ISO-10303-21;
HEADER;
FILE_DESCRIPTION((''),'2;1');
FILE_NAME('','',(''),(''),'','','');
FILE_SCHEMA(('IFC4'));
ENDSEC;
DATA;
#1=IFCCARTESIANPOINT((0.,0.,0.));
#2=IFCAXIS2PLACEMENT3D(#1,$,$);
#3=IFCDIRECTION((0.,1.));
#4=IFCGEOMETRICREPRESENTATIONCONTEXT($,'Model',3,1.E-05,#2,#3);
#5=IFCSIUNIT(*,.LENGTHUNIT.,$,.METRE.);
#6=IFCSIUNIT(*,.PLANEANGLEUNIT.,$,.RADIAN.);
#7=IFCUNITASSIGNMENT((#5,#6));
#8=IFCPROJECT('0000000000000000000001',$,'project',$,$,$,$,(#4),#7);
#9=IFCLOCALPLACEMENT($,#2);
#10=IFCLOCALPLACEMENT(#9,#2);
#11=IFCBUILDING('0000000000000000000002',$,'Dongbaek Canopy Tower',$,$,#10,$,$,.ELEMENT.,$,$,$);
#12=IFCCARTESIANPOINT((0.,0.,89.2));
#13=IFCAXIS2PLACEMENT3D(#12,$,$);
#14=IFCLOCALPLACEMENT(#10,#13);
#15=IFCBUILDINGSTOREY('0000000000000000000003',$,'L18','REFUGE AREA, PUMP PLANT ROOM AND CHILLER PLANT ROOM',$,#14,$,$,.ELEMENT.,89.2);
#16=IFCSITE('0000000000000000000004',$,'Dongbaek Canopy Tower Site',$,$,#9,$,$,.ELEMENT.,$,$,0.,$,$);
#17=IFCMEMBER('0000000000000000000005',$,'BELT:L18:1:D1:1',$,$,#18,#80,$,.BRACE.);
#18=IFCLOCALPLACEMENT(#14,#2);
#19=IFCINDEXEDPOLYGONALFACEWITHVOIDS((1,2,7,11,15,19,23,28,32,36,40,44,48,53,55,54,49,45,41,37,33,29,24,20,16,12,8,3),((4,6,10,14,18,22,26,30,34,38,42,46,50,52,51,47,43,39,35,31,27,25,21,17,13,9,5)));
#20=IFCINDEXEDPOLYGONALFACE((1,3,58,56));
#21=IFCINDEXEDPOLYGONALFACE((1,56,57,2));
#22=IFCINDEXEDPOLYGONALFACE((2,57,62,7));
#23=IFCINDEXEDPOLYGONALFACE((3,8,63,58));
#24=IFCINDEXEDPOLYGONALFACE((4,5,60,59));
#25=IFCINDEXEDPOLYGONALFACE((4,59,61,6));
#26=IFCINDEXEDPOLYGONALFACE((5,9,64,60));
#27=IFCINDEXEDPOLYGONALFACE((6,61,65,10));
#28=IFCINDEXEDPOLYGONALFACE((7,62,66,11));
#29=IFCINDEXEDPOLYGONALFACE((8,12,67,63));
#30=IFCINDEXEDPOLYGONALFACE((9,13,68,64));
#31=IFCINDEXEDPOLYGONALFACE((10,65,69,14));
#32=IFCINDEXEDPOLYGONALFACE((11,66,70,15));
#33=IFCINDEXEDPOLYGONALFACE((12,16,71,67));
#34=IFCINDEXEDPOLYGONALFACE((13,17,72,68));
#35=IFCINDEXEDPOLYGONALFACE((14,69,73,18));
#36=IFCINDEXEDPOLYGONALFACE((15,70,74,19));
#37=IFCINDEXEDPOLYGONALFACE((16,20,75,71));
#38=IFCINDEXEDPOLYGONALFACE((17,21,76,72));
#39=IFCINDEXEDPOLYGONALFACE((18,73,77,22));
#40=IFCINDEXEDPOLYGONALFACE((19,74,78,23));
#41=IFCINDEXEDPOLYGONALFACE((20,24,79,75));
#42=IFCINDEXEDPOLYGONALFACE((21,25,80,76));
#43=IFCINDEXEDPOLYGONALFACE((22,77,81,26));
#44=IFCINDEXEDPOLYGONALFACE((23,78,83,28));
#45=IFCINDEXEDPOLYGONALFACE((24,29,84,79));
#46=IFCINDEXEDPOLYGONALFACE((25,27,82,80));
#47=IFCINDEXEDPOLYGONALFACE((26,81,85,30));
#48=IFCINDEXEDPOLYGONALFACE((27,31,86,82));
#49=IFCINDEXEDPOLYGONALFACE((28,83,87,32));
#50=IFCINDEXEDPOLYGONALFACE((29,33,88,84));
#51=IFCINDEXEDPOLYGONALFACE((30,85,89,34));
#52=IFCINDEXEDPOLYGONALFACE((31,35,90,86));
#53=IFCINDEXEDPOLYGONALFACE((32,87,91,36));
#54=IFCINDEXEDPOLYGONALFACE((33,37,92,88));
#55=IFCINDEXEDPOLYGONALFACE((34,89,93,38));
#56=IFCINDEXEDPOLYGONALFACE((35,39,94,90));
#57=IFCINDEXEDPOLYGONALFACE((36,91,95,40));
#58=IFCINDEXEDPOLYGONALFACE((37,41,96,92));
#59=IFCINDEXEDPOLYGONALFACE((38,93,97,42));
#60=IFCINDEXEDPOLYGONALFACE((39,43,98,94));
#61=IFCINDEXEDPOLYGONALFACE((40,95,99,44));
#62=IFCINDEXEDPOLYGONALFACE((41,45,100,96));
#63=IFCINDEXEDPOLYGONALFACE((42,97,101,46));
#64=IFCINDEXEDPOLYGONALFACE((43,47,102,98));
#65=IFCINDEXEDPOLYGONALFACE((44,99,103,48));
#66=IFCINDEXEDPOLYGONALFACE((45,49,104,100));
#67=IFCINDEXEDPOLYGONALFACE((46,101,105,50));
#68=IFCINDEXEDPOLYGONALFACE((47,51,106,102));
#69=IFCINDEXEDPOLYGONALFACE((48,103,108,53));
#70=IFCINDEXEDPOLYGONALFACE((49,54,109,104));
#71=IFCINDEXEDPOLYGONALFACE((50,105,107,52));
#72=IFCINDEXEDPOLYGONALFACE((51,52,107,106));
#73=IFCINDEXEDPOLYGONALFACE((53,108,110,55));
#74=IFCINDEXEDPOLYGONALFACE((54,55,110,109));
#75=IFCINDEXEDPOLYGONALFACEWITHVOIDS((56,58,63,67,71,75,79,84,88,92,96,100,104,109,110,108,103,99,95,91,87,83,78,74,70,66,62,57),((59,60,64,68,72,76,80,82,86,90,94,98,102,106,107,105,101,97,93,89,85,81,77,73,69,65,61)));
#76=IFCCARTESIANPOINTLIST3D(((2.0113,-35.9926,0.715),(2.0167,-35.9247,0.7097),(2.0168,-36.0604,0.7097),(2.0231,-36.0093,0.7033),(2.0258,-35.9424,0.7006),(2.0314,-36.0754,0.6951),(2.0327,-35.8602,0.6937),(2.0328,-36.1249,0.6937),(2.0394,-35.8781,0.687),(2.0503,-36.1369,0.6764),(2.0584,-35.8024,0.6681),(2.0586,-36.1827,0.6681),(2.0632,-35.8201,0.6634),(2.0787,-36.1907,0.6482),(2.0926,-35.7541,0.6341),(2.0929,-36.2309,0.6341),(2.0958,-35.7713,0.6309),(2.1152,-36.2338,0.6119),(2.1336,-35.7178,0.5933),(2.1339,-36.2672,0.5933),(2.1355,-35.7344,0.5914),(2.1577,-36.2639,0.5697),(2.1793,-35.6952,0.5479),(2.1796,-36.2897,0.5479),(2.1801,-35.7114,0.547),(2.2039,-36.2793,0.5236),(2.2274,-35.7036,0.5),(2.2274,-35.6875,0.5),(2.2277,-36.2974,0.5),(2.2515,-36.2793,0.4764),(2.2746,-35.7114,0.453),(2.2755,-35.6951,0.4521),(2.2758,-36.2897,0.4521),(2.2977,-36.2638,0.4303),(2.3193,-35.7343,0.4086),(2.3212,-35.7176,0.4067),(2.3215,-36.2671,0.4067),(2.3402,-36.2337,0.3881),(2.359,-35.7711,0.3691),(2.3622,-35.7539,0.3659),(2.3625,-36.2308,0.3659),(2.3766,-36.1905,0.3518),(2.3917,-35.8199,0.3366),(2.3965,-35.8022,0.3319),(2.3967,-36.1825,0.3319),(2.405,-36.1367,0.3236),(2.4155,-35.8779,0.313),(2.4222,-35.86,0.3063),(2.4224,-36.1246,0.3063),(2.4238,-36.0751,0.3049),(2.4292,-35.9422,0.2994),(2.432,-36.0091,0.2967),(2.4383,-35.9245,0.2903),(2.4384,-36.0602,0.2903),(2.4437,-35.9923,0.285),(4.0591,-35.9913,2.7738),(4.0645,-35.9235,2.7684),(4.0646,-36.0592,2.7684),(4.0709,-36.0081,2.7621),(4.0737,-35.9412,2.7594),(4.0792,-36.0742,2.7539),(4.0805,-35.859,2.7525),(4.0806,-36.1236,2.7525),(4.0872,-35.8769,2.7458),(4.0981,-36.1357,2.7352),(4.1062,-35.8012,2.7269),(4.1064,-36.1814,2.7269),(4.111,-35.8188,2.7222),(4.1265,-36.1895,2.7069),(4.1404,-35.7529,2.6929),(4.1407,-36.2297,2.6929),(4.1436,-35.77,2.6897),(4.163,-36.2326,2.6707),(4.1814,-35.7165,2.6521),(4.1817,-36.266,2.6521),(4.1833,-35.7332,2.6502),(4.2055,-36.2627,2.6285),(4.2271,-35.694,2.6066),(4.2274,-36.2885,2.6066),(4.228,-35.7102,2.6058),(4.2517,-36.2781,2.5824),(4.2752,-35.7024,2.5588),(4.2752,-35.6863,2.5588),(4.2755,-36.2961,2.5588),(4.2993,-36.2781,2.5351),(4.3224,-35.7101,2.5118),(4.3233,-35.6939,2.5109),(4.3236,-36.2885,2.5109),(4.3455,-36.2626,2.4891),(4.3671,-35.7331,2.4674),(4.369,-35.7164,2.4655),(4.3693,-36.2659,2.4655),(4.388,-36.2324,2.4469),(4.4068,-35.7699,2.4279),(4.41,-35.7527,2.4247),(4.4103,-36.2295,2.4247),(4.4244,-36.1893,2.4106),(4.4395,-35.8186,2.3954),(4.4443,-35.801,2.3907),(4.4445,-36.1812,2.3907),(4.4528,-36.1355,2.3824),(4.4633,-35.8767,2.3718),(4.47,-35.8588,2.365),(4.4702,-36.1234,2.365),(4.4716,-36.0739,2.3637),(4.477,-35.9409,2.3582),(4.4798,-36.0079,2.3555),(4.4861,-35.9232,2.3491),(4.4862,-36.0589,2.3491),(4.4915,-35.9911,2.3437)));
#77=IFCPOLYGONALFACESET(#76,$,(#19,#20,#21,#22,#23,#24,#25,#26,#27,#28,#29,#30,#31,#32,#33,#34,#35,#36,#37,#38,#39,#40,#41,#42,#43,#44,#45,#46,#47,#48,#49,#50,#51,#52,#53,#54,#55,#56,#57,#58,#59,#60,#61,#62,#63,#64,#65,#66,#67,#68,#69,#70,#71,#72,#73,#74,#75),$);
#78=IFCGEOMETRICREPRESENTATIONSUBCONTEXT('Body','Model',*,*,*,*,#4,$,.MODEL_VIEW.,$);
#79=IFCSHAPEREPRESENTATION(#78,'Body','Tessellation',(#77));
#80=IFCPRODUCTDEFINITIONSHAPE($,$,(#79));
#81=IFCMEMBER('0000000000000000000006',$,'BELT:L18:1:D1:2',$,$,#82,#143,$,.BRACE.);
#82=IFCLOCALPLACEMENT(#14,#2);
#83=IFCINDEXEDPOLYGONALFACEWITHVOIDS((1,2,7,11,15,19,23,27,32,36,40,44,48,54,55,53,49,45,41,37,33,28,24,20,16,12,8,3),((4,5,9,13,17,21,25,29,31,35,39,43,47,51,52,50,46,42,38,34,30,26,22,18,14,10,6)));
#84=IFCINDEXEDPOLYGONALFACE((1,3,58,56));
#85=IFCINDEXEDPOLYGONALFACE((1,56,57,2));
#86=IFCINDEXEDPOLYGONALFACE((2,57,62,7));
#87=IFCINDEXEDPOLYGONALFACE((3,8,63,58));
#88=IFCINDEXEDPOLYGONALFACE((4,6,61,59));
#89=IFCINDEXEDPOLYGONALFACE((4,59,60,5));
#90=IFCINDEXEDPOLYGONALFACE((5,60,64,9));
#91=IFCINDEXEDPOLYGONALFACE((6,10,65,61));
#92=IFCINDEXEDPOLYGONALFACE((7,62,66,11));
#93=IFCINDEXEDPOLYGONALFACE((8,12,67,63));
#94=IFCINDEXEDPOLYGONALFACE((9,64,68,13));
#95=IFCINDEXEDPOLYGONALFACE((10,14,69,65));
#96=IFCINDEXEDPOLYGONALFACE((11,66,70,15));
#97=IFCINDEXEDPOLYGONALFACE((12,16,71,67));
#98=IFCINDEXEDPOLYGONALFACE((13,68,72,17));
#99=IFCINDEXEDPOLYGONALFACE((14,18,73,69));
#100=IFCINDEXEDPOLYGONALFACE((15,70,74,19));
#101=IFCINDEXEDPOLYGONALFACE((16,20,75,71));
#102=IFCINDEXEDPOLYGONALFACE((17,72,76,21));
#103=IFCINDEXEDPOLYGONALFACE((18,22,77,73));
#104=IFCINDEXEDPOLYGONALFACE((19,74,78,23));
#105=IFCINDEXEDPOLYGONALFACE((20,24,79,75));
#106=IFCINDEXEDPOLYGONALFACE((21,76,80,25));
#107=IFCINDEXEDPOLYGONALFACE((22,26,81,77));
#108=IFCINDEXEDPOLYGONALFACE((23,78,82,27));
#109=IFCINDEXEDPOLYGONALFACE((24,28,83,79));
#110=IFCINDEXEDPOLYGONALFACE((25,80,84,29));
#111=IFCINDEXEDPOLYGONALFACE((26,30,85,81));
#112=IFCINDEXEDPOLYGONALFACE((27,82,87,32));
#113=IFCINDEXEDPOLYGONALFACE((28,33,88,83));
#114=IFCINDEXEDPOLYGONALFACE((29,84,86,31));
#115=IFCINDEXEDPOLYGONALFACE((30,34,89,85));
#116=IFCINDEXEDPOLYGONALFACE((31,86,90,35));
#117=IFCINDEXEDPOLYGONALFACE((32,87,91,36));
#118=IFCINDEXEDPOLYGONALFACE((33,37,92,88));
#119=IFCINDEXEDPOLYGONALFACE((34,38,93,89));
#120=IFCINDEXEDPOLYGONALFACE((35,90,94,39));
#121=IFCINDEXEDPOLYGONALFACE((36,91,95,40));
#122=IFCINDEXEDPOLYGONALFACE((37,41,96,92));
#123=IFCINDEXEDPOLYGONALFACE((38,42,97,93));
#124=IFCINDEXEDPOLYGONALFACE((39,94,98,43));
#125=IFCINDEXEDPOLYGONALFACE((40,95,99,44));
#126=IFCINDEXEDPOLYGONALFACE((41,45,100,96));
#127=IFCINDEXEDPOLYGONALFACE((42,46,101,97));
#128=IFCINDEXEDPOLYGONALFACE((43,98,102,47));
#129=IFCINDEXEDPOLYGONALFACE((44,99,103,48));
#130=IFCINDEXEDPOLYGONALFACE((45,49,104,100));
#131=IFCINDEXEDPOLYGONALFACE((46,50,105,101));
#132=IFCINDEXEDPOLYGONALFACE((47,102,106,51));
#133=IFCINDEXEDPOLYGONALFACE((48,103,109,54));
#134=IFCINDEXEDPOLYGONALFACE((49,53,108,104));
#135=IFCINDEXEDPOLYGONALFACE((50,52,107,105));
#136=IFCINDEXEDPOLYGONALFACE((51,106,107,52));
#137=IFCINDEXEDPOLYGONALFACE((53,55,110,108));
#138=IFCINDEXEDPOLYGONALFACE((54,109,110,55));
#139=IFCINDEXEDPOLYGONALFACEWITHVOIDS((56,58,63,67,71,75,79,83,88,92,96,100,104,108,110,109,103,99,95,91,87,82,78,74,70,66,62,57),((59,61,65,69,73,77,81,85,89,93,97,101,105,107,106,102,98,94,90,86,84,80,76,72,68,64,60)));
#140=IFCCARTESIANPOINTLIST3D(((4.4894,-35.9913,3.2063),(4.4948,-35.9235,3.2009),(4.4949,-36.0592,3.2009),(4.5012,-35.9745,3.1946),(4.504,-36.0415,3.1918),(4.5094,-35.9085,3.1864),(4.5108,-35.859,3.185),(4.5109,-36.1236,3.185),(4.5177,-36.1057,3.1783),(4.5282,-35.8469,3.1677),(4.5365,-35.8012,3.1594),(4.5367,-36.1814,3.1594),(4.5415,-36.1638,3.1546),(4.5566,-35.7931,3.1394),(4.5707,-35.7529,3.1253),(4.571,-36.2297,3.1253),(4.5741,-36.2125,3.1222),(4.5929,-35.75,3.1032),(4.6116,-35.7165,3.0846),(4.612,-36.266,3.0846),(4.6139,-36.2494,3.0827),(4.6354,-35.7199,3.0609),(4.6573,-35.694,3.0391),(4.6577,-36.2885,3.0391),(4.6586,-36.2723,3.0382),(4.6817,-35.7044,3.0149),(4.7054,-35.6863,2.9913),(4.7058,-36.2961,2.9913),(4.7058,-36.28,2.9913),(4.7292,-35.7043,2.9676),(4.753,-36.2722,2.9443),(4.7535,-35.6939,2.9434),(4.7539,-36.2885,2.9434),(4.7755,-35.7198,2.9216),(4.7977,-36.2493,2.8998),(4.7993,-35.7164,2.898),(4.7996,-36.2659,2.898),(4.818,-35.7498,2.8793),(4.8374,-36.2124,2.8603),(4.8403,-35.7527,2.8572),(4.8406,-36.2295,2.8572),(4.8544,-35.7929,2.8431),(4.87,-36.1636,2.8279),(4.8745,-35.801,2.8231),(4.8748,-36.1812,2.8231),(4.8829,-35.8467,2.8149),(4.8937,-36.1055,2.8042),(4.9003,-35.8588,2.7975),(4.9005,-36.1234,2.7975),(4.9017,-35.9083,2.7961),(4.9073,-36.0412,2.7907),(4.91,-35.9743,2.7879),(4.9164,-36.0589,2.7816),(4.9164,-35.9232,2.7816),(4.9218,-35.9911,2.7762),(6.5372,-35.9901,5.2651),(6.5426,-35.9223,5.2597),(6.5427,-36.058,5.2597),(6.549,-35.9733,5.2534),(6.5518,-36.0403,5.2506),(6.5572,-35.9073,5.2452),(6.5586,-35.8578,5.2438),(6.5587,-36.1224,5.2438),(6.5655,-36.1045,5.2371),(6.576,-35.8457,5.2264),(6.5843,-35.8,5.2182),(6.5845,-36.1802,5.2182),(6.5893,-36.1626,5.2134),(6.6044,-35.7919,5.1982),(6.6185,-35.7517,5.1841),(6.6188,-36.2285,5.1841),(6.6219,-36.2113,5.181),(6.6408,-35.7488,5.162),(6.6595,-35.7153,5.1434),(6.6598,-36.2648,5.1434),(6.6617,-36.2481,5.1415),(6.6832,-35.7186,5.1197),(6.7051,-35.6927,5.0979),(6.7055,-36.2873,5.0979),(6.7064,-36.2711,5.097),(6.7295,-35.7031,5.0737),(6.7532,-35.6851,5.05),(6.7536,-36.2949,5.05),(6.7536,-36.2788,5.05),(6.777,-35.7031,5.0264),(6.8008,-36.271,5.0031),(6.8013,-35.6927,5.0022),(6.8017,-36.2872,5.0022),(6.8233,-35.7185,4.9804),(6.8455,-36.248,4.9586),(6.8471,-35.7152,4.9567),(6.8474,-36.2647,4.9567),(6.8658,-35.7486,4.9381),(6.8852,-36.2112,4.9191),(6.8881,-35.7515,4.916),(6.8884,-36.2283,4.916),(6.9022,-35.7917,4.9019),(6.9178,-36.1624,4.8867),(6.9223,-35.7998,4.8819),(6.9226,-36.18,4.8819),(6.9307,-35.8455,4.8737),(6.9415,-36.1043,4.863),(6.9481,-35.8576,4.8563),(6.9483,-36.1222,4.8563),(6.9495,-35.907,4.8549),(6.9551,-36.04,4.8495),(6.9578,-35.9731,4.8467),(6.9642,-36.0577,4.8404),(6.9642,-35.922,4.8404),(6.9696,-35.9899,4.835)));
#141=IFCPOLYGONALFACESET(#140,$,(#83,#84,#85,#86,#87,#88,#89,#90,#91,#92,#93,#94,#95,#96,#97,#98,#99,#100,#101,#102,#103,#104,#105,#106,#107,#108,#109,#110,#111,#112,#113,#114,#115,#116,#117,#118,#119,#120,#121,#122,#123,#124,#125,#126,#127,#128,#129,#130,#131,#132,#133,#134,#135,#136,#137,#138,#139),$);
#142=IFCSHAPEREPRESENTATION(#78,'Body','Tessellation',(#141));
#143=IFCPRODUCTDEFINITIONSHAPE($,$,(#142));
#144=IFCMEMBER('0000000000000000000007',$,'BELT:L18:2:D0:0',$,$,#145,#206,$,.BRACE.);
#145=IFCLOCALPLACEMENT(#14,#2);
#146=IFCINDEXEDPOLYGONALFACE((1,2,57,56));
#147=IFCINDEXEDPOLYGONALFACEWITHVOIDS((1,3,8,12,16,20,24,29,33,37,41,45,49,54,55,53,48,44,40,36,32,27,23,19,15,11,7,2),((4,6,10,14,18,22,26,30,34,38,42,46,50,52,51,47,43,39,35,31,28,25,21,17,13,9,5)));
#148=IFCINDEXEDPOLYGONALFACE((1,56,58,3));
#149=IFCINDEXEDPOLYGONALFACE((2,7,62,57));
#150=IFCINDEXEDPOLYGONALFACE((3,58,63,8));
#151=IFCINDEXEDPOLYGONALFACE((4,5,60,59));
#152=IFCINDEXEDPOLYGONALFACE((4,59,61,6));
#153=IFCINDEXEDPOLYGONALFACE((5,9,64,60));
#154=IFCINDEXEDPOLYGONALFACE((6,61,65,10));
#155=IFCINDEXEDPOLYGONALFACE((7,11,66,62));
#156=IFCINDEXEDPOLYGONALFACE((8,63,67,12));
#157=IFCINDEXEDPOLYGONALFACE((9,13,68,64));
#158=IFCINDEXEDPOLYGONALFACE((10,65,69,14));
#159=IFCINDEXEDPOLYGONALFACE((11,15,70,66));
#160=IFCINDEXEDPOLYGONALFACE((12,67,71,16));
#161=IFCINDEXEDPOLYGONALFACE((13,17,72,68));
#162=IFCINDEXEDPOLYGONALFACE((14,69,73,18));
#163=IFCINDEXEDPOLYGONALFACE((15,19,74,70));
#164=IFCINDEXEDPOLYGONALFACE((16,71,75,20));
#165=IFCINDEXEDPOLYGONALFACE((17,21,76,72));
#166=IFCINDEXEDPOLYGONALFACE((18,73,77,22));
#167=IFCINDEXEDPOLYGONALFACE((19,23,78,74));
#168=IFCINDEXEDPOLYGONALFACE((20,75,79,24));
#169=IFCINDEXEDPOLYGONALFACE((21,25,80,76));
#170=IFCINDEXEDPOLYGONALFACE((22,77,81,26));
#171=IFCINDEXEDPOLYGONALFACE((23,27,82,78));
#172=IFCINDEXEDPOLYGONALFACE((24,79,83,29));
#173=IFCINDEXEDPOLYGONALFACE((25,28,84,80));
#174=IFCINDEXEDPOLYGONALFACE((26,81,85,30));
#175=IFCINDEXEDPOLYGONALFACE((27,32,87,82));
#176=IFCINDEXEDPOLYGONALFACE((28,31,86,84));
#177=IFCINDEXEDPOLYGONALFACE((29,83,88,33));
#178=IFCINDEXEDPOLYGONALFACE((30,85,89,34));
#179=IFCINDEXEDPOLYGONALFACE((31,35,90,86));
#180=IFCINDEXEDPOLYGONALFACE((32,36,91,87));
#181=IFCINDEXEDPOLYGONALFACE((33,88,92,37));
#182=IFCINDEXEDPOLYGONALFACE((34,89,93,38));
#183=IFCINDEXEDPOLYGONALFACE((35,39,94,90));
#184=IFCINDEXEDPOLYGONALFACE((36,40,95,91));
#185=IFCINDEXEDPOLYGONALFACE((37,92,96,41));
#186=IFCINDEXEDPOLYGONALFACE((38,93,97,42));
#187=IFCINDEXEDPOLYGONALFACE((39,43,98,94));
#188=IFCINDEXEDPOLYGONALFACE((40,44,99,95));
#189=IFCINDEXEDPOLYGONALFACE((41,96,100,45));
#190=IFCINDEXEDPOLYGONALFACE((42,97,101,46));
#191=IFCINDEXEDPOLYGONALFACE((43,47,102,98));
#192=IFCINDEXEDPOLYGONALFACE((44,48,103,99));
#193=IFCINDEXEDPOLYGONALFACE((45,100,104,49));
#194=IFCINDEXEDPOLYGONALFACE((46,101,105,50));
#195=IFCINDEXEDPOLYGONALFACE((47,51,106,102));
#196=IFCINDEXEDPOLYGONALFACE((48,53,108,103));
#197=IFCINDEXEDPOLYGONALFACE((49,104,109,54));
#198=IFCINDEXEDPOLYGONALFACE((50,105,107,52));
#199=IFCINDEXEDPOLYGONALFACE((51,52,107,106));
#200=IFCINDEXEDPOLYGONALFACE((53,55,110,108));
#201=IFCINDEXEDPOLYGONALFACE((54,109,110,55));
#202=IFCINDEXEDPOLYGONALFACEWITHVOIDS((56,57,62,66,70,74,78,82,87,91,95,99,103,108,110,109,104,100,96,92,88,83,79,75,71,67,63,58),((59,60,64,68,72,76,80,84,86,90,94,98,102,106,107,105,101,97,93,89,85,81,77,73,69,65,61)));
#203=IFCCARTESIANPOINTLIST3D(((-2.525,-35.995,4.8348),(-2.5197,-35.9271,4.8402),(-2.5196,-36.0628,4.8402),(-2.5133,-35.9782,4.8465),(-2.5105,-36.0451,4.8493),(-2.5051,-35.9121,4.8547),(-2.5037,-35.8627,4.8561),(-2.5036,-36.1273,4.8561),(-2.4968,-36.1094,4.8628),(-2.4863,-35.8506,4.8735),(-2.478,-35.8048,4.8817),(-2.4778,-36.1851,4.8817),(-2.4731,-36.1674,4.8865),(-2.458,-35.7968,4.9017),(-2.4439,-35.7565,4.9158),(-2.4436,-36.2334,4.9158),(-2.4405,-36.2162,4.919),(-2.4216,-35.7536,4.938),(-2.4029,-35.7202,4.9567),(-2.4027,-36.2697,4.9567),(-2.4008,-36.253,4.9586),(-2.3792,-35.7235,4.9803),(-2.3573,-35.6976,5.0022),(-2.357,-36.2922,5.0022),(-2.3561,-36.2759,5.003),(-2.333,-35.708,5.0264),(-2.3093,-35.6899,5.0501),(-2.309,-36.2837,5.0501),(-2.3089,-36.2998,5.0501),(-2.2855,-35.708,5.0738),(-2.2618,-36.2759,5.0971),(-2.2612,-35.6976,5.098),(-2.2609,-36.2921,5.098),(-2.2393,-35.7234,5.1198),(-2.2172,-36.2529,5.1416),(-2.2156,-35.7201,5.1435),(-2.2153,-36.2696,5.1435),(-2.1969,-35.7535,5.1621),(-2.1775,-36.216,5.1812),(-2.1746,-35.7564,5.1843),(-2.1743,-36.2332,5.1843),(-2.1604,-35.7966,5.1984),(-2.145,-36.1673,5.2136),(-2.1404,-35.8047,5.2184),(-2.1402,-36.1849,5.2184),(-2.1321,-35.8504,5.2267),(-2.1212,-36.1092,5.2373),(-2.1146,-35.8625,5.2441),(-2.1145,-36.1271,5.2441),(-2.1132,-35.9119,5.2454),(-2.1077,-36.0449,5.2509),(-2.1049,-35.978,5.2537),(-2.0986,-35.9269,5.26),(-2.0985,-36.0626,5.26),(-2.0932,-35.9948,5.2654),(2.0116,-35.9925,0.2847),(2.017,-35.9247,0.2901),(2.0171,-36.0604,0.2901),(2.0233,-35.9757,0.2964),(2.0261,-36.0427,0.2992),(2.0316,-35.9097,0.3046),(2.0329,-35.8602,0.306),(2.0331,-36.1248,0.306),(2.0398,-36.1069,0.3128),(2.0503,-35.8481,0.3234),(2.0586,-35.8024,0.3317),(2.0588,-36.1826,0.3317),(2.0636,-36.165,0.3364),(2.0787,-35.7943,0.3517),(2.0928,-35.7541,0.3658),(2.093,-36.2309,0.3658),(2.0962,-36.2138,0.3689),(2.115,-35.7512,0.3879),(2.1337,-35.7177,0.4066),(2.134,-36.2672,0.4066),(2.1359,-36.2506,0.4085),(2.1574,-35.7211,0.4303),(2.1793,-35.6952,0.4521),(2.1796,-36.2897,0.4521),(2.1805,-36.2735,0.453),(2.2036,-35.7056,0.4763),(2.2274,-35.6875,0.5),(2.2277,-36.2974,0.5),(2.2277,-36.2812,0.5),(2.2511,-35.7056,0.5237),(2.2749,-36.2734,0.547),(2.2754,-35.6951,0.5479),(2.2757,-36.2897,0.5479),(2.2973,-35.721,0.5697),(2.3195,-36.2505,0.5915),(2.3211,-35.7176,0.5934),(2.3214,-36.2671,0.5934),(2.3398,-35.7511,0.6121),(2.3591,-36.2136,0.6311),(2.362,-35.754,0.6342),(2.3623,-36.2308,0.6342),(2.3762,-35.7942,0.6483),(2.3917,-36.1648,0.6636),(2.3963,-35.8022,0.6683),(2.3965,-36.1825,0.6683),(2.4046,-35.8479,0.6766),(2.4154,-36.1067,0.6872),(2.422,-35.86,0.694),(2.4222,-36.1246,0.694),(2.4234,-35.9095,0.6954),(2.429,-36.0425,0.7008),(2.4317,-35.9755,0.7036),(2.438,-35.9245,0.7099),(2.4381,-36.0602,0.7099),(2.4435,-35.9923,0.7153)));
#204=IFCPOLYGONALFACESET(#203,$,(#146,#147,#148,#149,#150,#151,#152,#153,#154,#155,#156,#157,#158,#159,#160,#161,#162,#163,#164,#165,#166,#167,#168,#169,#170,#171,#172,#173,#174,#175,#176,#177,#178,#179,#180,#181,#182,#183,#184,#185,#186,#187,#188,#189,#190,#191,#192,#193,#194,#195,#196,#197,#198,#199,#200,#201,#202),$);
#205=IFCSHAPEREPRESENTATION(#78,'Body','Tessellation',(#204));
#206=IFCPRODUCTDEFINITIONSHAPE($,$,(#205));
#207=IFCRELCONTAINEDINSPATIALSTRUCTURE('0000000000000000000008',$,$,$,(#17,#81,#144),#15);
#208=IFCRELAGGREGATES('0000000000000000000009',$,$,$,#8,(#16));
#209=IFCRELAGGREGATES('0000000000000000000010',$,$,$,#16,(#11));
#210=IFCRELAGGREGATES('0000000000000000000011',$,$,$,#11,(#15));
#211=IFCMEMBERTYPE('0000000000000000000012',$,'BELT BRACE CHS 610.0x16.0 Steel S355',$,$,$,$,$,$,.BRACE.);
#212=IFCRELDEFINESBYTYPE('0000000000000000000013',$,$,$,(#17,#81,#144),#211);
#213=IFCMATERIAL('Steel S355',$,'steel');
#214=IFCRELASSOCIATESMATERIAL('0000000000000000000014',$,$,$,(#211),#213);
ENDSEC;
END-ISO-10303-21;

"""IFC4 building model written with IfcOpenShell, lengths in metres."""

from ifc_helpers import new_model, si_unit, direction, frame, origin, origin_2d, place, context, subcontext, project, spatial, hollow_circle, extrude, material, material_profile, profile_set, type_object, element, save


model = new_model("IFC4")

# Units and contexts
model_context = context("Model", 3, precision=1e-05, world=origin(), true_north=direction((0.0, 1.0)))
body_context = subcontext(model_context, "Body", "Model", "MODEL_VIEW")
ifc_project = project(units=[si_unit("LENGTHUNIT", "METRE"), si_unit("PLANEANGLEUNIT", "RADIAN")], contexts=[model_context])

# Site, building, storey
site_placement = place(None, origin())
site = spatial("IfcSite", under=ifc_project, at=site_placement, Name="Dongbaek Canopy Tower Site", CompositionType="ELEMENT", RefElevation=0.0)
building_placement = place(site_placement, origin())
building = spatial("IfcBuilding", under=site, at=building_placement, Name="Dongbaek Canopy Tower", CompositionType="ELEMENT")
storey_placement = place(building_placement, frame((0.0, 0.0, 89.2)))
storey = spatial("IfcBuildingStorey", under=building, at=storey_placement, Name="L18", Description="REFUGE AREA, PUMP PLANT ROOM AND CHILLER PLANT ROOM", CompositionType="ELEMENT", Elevation=89.2)

# Members
ifc_material_1 = material(Name="Steel S355", Category="steel")
ifc_material_profile_1 = material_profile(ifc_material_1, hollow_circle(Radius=0.3049, WallThickness=0.0161, at=origin_2d()), Name="BELT BRACE CHS 610.0x16.0 Steel S355")
ifc_profile_set_1 = profile_set([ifc_material_profile_1], Name="Steel S355")
member_type_1 = type_object("IfcMemberType", Name="BELT BRACE CHS 610.0x16.0 Steel S355", PredefinedType="BRACE", material=ifc_profile_set_1)
for number, where, z_axis, x_axis, name in (
    (1, (2.2275, -35.9924, 0.5), (0.705213, 0.00042, 0.708996), (-0.000596, 1.0, 0.0), "BELT:L18:1:D1:1"),
    (2, (6.7534, -35.99, 5.05), (-0.705213, -0.00042, -0.708996), (0.000596, -1.0, 0.0), "BELT:L18:1:D1:2"),
):
    element("IfcMember", number, at=place(storey_placement, frame(where, z_axis=z_axis, x_axis=x_axis)), inside=storey, type_object=member_type_1, Name=name, PredefinedType="BRACE", context=body_context, shape_type="SweptSolid", body=[
        extrude(hollow_circle(Radius=0.3049, WallThickness=0.0161, at=origin_2d()), origin(), (0.0, 0.0, 1.0), 2.9038),
    ])
member_1_placement = place(storey_placement, frame((2.2275, -35.9924, 0.5), z_axis=(-0.706061, -0.00038, 0.708151), x_axis=(0.000538, -1.0, 0.0)))
element("IfcMember", 3, at=member_1_placement, inside=storey, type_object=member_type_1, Name="BELT:L18:2:D0:0", PredefinedType="BRACE", context=body_context, shape_type="SweptSolid", body=[
    extrude(hollow_circle(Radius=0.3049, WallThickness=0.0161, at=origin_2d()), origin(), (0.0, 0.0, 1.0), 6.4253),
])

save(model, "model.ifc")
